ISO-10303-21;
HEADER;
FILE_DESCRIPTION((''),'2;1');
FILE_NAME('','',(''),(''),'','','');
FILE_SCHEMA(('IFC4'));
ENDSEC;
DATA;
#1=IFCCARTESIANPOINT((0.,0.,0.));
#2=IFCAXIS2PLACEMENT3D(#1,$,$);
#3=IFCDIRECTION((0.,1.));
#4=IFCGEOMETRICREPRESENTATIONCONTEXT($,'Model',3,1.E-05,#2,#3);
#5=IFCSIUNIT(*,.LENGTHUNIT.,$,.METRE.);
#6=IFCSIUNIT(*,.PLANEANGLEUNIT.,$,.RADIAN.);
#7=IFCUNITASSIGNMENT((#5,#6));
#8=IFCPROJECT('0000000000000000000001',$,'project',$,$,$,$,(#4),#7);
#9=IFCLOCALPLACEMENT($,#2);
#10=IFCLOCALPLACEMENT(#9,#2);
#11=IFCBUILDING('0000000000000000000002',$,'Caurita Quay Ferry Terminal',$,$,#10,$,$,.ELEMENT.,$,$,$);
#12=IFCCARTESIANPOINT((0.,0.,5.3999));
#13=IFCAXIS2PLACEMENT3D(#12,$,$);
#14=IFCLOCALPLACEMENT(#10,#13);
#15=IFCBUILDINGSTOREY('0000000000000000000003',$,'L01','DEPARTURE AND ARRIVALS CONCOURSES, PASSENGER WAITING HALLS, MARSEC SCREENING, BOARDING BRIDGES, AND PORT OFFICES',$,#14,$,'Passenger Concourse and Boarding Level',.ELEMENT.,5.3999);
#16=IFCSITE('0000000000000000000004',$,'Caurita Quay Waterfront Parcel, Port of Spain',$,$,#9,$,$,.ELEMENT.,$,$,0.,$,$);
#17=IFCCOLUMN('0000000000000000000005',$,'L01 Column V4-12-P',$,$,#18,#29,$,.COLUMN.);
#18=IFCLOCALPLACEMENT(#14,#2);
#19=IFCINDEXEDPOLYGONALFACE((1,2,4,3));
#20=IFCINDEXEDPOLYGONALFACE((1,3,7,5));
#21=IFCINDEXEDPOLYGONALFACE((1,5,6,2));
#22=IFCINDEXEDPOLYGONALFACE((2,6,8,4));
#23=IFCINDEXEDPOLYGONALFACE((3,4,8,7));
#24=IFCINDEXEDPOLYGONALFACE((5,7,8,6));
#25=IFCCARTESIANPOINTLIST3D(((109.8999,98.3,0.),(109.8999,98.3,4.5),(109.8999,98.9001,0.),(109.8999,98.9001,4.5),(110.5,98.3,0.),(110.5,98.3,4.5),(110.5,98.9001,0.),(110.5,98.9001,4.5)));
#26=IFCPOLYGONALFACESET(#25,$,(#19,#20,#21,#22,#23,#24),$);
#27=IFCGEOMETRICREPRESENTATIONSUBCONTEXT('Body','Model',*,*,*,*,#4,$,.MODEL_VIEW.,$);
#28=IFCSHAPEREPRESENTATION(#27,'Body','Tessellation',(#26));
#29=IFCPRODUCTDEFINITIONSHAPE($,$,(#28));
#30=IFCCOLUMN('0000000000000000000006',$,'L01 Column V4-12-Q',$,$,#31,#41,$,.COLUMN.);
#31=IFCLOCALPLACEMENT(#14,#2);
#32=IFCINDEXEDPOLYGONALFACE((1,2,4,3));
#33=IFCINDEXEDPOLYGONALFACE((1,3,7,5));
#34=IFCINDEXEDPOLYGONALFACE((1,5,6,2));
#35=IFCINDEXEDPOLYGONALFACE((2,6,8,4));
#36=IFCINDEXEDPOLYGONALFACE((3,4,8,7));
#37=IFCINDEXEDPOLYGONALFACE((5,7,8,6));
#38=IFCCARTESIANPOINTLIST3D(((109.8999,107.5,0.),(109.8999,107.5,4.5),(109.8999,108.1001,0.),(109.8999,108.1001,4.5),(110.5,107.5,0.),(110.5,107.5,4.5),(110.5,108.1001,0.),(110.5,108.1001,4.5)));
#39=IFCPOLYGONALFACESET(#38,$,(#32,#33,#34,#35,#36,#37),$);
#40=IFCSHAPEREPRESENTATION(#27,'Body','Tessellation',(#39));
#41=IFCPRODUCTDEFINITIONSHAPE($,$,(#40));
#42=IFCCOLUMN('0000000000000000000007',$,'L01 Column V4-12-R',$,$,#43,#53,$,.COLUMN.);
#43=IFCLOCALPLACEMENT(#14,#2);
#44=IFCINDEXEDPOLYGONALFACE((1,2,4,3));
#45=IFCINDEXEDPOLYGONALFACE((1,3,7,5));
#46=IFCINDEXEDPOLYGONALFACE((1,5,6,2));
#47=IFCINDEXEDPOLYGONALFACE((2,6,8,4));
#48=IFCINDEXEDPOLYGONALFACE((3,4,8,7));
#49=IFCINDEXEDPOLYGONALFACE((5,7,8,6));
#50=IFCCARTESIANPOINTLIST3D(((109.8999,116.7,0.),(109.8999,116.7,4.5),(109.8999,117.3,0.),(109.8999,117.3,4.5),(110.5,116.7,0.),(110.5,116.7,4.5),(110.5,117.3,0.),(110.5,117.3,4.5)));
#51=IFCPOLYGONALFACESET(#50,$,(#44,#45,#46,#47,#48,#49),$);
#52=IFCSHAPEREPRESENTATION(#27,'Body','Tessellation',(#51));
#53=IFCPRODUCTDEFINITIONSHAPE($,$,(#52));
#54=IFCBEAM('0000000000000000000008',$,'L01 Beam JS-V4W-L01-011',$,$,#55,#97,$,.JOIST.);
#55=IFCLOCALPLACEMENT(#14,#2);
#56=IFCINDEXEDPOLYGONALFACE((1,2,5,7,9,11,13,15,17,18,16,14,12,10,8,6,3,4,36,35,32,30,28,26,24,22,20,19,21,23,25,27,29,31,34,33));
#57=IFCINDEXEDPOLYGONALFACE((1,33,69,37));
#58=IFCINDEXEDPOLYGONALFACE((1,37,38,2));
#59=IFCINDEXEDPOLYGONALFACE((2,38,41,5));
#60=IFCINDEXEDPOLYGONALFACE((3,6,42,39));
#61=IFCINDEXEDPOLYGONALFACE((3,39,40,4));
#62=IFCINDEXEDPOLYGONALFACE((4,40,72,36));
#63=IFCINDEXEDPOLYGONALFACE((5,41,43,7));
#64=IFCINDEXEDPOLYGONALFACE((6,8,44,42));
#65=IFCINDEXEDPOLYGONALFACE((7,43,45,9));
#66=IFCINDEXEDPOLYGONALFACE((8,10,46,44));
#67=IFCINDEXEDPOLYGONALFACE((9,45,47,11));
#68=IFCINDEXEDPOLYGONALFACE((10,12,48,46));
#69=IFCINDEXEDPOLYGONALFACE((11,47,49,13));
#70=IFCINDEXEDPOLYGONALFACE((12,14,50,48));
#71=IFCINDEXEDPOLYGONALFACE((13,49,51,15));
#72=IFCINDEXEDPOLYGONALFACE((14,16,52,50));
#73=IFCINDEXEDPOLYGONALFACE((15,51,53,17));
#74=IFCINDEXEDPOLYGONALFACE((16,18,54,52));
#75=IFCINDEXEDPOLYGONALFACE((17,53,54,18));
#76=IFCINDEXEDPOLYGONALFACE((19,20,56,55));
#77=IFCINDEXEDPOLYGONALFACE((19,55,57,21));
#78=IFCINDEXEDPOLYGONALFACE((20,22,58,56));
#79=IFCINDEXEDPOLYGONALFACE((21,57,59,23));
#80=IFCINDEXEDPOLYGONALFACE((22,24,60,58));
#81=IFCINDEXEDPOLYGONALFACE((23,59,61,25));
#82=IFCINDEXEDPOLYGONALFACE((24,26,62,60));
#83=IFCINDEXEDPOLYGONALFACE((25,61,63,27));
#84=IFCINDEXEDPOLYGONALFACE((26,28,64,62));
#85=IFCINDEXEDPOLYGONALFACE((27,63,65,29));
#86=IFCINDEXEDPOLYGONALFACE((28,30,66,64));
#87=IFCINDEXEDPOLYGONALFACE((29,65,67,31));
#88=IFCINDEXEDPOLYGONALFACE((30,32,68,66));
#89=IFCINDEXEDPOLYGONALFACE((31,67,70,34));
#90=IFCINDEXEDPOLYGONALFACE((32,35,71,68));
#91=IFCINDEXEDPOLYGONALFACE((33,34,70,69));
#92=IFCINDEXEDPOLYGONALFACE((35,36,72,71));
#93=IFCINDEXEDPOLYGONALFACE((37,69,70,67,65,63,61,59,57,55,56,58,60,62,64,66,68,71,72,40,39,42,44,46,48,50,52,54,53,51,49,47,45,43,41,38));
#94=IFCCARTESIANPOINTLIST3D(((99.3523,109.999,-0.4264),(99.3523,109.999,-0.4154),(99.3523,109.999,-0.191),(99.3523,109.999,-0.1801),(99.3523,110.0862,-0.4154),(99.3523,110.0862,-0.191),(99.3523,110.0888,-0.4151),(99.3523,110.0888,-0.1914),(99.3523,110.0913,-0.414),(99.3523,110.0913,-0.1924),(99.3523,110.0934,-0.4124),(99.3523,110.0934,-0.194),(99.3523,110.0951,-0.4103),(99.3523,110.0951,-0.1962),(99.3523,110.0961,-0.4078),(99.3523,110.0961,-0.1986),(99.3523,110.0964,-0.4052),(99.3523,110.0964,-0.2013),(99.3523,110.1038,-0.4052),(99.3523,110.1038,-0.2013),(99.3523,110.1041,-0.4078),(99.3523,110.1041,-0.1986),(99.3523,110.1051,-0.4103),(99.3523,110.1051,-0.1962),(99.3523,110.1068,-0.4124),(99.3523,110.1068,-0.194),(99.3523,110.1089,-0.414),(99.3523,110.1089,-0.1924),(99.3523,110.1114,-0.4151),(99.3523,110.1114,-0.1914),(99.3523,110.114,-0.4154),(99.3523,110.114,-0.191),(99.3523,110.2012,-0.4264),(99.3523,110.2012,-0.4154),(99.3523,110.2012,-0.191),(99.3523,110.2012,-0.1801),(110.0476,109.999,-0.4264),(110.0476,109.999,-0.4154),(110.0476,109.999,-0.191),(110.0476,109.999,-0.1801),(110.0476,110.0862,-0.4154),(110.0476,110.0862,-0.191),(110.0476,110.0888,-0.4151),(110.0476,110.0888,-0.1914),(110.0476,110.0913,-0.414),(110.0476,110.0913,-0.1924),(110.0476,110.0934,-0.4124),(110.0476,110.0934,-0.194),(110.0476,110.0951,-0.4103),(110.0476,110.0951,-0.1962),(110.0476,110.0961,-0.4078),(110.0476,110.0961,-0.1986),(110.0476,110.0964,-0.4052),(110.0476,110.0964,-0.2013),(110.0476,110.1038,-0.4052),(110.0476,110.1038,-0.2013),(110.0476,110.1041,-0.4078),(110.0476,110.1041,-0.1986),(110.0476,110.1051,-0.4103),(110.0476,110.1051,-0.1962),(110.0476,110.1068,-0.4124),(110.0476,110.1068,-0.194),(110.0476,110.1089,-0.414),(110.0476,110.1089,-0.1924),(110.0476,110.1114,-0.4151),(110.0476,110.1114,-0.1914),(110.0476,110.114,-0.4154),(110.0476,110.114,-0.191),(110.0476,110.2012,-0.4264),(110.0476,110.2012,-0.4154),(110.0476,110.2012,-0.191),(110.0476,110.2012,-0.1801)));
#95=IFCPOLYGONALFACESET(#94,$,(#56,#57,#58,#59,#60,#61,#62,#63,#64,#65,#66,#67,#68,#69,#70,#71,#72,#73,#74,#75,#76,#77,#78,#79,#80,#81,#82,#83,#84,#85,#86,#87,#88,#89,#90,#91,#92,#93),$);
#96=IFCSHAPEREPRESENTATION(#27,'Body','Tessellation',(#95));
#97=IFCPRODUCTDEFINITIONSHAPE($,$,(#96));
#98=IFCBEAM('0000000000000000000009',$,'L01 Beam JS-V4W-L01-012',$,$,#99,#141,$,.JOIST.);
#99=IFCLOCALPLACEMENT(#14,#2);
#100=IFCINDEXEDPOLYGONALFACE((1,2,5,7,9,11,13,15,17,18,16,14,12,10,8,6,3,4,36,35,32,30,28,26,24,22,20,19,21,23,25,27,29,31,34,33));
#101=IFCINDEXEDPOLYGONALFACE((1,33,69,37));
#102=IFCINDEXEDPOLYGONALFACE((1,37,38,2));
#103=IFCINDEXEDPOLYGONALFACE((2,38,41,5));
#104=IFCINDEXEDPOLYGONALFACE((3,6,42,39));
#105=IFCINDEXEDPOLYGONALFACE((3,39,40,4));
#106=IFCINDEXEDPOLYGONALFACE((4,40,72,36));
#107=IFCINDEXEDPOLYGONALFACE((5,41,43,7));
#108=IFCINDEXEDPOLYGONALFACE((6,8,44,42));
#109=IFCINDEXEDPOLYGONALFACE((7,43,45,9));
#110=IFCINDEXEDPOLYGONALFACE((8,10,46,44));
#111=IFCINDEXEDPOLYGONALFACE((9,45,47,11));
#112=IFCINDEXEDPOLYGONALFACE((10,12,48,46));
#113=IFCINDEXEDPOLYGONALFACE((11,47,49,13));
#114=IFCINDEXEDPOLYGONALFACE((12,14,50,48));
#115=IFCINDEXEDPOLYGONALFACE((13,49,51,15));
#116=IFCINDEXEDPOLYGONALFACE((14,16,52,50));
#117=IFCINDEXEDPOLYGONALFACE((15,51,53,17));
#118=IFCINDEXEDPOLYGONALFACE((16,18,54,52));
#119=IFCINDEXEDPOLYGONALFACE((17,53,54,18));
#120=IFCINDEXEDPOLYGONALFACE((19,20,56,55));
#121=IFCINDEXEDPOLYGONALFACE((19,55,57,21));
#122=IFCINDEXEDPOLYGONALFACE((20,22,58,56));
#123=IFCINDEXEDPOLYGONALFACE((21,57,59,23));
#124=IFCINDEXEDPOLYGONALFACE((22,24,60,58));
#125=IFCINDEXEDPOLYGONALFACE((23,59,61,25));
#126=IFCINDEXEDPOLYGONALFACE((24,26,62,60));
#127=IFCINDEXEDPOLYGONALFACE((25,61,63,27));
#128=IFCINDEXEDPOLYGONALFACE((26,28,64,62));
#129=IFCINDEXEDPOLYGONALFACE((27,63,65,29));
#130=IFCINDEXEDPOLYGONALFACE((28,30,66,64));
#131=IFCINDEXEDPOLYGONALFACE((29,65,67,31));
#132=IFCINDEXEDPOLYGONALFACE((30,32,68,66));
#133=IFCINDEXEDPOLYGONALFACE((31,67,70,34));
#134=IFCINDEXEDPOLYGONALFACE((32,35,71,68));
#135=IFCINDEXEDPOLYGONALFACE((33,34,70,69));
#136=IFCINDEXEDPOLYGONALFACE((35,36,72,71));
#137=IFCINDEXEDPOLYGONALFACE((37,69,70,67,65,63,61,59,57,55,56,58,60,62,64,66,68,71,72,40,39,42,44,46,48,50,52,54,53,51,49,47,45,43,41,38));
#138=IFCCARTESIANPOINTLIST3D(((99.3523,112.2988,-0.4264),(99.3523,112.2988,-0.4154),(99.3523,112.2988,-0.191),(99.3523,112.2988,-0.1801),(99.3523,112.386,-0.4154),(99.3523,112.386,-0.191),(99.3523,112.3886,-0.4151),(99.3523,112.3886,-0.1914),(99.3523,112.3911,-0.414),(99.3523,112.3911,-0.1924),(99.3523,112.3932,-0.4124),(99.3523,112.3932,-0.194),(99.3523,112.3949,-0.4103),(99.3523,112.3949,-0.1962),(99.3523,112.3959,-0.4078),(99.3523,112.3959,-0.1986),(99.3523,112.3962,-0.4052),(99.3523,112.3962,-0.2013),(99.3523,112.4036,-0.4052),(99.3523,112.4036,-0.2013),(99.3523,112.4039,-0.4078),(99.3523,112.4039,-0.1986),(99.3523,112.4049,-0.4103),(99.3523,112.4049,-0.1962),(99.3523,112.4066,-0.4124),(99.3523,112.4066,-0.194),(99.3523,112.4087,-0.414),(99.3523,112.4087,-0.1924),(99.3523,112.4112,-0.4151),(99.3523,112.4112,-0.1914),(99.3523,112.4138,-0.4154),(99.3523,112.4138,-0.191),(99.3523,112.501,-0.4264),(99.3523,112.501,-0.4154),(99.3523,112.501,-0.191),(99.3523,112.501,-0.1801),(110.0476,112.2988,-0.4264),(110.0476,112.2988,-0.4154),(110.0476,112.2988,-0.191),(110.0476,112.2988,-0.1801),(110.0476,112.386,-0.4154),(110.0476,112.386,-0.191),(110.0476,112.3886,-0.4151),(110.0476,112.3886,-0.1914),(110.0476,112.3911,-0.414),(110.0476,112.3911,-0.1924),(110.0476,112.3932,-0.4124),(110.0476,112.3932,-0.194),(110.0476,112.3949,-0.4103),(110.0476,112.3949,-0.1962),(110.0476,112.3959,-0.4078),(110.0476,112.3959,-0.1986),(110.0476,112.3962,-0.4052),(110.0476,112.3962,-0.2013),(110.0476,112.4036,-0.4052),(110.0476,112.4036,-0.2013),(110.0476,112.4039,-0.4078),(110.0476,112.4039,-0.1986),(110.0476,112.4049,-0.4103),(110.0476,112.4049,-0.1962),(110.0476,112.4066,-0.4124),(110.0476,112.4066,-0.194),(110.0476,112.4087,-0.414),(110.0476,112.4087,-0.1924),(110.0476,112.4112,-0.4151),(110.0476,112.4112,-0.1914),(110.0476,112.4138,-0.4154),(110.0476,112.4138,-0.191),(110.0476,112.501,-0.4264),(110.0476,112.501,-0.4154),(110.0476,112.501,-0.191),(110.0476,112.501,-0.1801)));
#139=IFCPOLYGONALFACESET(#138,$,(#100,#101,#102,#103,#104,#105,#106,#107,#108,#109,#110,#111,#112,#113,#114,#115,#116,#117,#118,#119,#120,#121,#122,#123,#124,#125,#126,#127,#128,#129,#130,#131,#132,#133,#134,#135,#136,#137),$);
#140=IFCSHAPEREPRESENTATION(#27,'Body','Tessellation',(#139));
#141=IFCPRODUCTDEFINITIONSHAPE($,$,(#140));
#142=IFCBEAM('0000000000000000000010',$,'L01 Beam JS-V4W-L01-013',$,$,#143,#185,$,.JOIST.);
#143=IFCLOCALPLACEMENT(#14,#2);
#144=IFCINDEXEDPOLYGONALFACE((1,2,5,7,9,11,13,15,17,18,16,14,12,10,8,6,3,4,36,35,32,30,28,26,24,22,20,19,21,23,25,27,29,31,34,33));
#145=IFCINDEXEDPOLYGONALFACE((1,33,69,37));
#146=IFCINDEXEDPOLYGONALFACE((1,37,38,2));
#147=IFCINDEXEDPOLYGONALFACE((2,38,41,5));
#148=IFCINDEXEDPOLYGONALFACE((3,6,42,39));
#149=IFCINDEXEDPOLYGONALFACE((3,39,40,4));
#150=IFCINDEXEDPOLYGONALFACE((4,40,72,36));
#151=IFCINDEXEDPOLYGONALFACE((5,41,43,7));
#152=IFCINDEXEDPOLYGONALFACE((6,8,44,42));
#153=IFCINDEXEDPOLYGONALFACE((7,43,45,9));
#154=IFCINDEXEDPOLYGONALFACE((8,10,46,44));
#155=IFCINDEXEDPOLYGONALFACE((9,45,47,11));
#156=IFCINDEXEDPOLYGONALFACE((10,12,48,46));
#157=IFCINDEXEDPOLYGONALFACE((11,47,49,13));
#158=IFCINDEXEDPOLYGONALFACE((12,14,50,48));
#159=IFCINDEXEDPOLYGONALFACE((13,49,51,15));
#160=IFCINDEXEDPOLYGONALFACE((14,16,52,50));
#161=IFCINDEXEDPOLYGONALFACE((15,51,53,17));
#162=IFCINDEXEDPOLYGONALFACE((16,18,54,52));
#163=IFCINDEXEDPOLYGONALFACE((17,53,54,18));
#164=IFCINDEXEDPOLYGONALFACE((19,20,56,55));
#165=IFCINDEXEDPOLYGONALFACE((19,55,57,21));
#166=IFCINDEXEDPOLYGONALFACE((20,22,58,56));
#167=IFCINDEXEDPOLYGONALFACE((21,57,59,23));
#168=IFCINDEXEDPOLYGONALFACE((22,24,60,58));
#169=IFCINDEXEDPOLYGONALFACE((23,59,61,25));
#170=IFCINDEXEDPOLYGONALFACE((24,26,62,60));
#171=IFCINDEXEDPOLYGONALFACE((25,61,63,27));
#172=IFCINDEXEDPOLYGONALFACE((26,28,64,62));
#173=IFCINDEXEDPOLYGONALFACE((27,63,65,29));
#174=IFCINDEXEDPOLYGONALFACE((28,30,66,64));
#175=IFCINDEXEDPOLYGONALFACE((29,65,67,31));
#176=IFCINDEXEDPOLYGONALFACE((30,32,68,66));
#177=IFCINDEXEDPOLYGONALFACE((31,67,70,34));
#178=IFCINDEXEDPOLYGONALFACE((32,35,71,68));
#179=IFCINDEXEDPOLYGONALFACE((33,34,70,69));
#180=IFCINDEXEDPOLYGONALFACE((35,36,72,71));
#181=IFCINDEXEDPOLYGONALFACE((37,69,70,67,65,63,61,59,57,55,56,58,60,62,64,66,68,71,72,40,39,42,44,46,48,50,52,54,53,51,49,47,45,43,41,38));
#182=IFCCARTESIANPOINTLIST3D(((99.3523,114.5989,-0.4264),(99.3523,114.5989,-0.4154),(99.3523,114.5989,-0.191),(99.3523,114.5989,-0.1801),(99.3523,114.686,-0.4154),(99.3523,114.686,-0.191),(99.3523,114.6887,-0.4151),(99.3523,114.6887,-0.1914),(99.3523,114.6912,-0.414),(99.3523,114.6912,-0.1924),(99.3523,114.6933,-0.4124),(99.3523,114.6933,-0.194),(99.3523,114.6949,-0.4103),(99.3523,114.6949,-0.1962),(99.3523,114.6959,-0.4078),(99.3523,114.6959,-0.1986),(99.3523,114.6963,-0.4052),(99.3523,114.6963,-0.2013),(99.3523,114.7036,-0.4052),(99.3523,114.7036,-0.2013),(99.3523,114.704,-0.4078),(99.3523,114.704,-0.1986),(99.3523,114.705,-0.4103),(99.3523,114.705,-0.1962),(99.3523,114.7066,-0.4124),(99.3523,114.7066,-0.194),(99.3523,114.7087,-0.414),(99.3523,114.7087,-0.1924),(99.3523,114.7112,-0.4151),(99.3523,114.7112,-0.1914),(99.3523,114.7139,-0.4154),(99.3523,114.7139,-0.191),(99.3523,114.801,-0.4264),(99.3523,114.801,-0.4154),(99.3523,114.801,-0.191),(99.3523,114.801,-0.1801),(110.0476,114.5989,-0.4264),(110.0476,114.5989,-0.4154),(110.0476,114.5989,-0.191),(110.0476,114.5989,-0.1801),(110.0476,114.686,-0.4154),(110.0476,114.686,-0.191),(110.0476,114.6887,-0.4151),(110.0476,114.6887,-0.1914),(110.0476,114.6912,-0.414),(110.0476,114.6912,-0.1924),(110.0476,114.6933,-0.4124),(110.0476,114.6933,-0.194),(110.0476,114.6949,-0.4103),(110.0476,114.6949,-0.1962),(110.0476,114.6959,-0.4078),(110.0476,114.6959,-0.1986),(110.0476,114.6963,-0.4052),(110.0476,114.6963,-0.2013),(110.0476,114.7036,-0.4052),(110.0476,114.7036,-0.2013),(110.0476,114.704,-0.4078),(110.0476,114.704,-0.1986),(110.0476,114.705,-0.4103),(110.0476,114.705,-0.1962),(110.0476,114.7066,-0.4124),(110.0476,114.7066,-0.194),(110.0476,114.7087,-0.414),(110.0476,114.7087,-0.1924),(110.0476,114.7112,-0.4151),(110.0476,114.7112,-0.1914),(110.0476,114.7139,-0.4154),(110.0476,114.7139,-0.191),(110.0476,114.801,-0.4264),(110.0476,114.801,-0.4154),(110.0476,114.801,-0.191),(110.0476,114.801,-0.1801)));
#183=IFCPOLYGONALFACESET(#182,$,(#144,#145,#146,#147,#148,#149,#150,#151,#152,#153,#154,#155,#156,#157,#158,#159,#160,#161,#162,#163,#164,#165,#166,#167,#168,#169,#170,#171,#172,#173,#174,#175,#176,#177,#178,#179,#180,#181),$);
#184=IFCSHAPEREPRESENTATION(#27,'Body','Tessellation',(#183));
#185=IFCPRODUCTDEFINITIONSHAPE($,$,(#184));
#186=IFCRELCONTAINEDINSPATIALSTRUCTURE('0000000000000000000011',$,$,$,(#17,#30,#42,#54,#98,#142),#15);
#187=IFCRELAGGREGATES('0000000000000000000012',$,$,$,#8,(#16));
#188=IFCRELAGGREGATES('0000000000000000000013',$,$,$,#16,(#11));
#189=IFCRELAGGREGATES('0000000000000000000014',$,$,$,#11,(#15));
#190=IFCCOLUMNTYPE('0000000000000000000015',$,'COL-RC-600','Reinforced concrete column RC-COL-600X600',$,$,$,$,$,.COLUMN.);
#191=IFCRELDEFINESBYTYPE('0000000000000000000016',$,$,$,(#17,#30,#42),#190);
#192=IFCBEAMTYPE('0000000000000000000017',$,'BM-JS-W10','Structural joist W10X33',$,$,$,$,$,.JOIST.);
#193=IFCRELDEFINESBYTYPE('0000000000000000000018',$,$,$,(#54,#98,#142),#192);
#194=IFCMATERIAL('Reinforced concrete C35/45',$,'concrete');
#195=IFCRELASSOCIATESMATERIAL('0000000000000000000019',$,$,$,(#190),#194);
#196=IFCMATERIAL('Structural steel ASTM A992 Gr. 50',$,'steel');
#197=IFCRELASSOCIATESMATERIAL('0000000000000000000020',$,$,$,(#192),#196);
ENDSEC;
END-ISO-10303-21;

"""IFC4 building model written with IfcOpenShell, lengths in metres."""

from ifc_helpers import new_model, si_unit, direction, frame, origin, origin_2d, place, context, subcontext, project, spatial, rectangle, i_section, extrude, material, material_profile, profile_set, type_object, element, save


model = new_model("IFC4")

# Units and contexts
model_context = context("Model", 3, precision=1e-05, world=origin(), true_north=direction((0.0, 1.0)))
body_context = subcontext(model_context, "Body", "Model", "MODEL_VIEW")
ifc_project = project(units=[si_unit("LENGTHUNIT", "METRE"), si_unit("PLANEANGLEUNIT", "RADIAN")], contexts=[model_context])

# Site, building, storey
site_placement = place(None, origin())
site = spatial("IfcSite", under=ifc_project, at=site_placement, Name="Caurita Quay Waterfront Parcel, Port of Spain", CompositionType="ELEMENT", RefElevation=0.0)
building_placement = place(site_placement, origin())
building = spatial("IfcBuilding", under=site, at=building_placement, Name="Caurita Quay Ferry Terminal", CompositionType="ELEMENT")
storey_placement = place(building_placement, frame((0.0, 0.0, 5.3999)))
storey = spatial("IfcBuildingStorey", under=building, at=storey_placement, Name="L01", Description="DEPARTURE AND ARRIVALS CONCOURSES, PASSENGER WAITING HALLS, MARSEC SCREENING, BOARDING BRIDGES, AND PORT OFFICES", LongName="Passenger Concourse and Boarding Level", CompositionType="ELEMENT", Elevation=5.3999)

# Columns
ifc_material_1 = material(Name="Reinforced concrete C35/45", Category="concrete")
ifc_material_profile_1 = material_profile(ifc_material_1, rectangle(XDim=0.6001, YDim=0.6001, at=origin_2d()), Name="RC-COL-600X600")
ifc_profile_set_1 = profile_set([ifc_material_profile_1], Name="Reinforced concrete C35/45")
column_type = type_object("IfcColumnType", Name="COL-RC-600", Description="Reinforced concrete column RC-COL-600X600", PredefinedType="COLUMN", material=ifc_profile_set_1)
for number, where, z_axis, x_axis, name in (
    (1, (110.2, 98.6001, 0.0), (0.0, 0.0, 1.0), (1.0, 0.0, 0.0), "L01 Column V4-12-P"),
    (2, (110.2, 107.8, 0.0), (0.0, 0.0, 1.0), (1.0, 0.0, 0.0), "L01 Column V4-12-Q"),
    (3, (110.2, 117.0, 0.0), (0.0, 0.0, 1.0), (1.0, 0.0, 0.0), "L01 Column V4-12-R"),
):
    element("IfcColumn", number, at=place(storey_placement, frame(where, z_axis=z_axis, x_axis=x_axis)), inside=storey, type_object=column_type, Name=name, PredefinedType="COLUMN", context=body_context, shape_type="SweptSolid", body=[
        extrude(rectangle(XDim=0.6001, YDim=0.6001, at=origin_2d()), origin(), (0.0, 0.0, 1.0), 4.5),
    ])

# Beams
ifc_material_2 = material(Name="Structural steel ASTM A992 Gr. 50", Category="steel")
ifc_material_profile_2 = material_profile(ifc_material_2, i_section(OverallWidth=0.2021, OverallDepth=0.2463, WebThickness=0.0073, FlangeThickness=0.011, FilletRadius=0.0103, at=origin_2d()), Name="W10X33")
ifc_profile_set_2 = profile_set([ifc_material_profile_2], Name="Structural steel ASTM A992 Gr. 50")
beam_type_1 = type_object("IfcBeamType", Name="BM-JS-W10", Description="Structural joist W10X33", PredefinedType="JOIST", material=ifc_profile_set_2)
for number, where, z_axis, x_axis, name in (
    (4, (99.3523, 110.1001, -0.3032), (1.0, 0.0, 0.0), (0.0, 1.0, 0.0), "L01 Beam JS-V4W-L01-011"),
    (5, (99.3523, 112.3999, -0.3032), (1.0, 0.0, 0.0), (0.0, 1.0, 0.0), "L01 Beam JS-V4W-L01-012"),
    (6, (99.3523, 114.7, -0.3032), (1.0, 0.0, 0.0), (0.0, 1.0, 0.0), "L01 Beam JS-V4W-L01-013"),
):
    element("IfcBeam", number, at=place(storey_placement, frame(where, z_axis=z_axis, x_axis=x_axis)), inside=storey, type_object=beam_type_1, Name=name, PredefinedType="JOIST", context=body_context, shape_type="SweptSolid", body=[
        extrude(i_section(OverallWidth=0.2021, OverallDepth=0.2463, WebThickness=0.0073, FlangeThickness=0.011, FilletRadius=0.0103, at=origin_2d()), origin(), (0.0, 0.0, 1.0), 10.6953),
    ])

save(model, "model.ifc")
